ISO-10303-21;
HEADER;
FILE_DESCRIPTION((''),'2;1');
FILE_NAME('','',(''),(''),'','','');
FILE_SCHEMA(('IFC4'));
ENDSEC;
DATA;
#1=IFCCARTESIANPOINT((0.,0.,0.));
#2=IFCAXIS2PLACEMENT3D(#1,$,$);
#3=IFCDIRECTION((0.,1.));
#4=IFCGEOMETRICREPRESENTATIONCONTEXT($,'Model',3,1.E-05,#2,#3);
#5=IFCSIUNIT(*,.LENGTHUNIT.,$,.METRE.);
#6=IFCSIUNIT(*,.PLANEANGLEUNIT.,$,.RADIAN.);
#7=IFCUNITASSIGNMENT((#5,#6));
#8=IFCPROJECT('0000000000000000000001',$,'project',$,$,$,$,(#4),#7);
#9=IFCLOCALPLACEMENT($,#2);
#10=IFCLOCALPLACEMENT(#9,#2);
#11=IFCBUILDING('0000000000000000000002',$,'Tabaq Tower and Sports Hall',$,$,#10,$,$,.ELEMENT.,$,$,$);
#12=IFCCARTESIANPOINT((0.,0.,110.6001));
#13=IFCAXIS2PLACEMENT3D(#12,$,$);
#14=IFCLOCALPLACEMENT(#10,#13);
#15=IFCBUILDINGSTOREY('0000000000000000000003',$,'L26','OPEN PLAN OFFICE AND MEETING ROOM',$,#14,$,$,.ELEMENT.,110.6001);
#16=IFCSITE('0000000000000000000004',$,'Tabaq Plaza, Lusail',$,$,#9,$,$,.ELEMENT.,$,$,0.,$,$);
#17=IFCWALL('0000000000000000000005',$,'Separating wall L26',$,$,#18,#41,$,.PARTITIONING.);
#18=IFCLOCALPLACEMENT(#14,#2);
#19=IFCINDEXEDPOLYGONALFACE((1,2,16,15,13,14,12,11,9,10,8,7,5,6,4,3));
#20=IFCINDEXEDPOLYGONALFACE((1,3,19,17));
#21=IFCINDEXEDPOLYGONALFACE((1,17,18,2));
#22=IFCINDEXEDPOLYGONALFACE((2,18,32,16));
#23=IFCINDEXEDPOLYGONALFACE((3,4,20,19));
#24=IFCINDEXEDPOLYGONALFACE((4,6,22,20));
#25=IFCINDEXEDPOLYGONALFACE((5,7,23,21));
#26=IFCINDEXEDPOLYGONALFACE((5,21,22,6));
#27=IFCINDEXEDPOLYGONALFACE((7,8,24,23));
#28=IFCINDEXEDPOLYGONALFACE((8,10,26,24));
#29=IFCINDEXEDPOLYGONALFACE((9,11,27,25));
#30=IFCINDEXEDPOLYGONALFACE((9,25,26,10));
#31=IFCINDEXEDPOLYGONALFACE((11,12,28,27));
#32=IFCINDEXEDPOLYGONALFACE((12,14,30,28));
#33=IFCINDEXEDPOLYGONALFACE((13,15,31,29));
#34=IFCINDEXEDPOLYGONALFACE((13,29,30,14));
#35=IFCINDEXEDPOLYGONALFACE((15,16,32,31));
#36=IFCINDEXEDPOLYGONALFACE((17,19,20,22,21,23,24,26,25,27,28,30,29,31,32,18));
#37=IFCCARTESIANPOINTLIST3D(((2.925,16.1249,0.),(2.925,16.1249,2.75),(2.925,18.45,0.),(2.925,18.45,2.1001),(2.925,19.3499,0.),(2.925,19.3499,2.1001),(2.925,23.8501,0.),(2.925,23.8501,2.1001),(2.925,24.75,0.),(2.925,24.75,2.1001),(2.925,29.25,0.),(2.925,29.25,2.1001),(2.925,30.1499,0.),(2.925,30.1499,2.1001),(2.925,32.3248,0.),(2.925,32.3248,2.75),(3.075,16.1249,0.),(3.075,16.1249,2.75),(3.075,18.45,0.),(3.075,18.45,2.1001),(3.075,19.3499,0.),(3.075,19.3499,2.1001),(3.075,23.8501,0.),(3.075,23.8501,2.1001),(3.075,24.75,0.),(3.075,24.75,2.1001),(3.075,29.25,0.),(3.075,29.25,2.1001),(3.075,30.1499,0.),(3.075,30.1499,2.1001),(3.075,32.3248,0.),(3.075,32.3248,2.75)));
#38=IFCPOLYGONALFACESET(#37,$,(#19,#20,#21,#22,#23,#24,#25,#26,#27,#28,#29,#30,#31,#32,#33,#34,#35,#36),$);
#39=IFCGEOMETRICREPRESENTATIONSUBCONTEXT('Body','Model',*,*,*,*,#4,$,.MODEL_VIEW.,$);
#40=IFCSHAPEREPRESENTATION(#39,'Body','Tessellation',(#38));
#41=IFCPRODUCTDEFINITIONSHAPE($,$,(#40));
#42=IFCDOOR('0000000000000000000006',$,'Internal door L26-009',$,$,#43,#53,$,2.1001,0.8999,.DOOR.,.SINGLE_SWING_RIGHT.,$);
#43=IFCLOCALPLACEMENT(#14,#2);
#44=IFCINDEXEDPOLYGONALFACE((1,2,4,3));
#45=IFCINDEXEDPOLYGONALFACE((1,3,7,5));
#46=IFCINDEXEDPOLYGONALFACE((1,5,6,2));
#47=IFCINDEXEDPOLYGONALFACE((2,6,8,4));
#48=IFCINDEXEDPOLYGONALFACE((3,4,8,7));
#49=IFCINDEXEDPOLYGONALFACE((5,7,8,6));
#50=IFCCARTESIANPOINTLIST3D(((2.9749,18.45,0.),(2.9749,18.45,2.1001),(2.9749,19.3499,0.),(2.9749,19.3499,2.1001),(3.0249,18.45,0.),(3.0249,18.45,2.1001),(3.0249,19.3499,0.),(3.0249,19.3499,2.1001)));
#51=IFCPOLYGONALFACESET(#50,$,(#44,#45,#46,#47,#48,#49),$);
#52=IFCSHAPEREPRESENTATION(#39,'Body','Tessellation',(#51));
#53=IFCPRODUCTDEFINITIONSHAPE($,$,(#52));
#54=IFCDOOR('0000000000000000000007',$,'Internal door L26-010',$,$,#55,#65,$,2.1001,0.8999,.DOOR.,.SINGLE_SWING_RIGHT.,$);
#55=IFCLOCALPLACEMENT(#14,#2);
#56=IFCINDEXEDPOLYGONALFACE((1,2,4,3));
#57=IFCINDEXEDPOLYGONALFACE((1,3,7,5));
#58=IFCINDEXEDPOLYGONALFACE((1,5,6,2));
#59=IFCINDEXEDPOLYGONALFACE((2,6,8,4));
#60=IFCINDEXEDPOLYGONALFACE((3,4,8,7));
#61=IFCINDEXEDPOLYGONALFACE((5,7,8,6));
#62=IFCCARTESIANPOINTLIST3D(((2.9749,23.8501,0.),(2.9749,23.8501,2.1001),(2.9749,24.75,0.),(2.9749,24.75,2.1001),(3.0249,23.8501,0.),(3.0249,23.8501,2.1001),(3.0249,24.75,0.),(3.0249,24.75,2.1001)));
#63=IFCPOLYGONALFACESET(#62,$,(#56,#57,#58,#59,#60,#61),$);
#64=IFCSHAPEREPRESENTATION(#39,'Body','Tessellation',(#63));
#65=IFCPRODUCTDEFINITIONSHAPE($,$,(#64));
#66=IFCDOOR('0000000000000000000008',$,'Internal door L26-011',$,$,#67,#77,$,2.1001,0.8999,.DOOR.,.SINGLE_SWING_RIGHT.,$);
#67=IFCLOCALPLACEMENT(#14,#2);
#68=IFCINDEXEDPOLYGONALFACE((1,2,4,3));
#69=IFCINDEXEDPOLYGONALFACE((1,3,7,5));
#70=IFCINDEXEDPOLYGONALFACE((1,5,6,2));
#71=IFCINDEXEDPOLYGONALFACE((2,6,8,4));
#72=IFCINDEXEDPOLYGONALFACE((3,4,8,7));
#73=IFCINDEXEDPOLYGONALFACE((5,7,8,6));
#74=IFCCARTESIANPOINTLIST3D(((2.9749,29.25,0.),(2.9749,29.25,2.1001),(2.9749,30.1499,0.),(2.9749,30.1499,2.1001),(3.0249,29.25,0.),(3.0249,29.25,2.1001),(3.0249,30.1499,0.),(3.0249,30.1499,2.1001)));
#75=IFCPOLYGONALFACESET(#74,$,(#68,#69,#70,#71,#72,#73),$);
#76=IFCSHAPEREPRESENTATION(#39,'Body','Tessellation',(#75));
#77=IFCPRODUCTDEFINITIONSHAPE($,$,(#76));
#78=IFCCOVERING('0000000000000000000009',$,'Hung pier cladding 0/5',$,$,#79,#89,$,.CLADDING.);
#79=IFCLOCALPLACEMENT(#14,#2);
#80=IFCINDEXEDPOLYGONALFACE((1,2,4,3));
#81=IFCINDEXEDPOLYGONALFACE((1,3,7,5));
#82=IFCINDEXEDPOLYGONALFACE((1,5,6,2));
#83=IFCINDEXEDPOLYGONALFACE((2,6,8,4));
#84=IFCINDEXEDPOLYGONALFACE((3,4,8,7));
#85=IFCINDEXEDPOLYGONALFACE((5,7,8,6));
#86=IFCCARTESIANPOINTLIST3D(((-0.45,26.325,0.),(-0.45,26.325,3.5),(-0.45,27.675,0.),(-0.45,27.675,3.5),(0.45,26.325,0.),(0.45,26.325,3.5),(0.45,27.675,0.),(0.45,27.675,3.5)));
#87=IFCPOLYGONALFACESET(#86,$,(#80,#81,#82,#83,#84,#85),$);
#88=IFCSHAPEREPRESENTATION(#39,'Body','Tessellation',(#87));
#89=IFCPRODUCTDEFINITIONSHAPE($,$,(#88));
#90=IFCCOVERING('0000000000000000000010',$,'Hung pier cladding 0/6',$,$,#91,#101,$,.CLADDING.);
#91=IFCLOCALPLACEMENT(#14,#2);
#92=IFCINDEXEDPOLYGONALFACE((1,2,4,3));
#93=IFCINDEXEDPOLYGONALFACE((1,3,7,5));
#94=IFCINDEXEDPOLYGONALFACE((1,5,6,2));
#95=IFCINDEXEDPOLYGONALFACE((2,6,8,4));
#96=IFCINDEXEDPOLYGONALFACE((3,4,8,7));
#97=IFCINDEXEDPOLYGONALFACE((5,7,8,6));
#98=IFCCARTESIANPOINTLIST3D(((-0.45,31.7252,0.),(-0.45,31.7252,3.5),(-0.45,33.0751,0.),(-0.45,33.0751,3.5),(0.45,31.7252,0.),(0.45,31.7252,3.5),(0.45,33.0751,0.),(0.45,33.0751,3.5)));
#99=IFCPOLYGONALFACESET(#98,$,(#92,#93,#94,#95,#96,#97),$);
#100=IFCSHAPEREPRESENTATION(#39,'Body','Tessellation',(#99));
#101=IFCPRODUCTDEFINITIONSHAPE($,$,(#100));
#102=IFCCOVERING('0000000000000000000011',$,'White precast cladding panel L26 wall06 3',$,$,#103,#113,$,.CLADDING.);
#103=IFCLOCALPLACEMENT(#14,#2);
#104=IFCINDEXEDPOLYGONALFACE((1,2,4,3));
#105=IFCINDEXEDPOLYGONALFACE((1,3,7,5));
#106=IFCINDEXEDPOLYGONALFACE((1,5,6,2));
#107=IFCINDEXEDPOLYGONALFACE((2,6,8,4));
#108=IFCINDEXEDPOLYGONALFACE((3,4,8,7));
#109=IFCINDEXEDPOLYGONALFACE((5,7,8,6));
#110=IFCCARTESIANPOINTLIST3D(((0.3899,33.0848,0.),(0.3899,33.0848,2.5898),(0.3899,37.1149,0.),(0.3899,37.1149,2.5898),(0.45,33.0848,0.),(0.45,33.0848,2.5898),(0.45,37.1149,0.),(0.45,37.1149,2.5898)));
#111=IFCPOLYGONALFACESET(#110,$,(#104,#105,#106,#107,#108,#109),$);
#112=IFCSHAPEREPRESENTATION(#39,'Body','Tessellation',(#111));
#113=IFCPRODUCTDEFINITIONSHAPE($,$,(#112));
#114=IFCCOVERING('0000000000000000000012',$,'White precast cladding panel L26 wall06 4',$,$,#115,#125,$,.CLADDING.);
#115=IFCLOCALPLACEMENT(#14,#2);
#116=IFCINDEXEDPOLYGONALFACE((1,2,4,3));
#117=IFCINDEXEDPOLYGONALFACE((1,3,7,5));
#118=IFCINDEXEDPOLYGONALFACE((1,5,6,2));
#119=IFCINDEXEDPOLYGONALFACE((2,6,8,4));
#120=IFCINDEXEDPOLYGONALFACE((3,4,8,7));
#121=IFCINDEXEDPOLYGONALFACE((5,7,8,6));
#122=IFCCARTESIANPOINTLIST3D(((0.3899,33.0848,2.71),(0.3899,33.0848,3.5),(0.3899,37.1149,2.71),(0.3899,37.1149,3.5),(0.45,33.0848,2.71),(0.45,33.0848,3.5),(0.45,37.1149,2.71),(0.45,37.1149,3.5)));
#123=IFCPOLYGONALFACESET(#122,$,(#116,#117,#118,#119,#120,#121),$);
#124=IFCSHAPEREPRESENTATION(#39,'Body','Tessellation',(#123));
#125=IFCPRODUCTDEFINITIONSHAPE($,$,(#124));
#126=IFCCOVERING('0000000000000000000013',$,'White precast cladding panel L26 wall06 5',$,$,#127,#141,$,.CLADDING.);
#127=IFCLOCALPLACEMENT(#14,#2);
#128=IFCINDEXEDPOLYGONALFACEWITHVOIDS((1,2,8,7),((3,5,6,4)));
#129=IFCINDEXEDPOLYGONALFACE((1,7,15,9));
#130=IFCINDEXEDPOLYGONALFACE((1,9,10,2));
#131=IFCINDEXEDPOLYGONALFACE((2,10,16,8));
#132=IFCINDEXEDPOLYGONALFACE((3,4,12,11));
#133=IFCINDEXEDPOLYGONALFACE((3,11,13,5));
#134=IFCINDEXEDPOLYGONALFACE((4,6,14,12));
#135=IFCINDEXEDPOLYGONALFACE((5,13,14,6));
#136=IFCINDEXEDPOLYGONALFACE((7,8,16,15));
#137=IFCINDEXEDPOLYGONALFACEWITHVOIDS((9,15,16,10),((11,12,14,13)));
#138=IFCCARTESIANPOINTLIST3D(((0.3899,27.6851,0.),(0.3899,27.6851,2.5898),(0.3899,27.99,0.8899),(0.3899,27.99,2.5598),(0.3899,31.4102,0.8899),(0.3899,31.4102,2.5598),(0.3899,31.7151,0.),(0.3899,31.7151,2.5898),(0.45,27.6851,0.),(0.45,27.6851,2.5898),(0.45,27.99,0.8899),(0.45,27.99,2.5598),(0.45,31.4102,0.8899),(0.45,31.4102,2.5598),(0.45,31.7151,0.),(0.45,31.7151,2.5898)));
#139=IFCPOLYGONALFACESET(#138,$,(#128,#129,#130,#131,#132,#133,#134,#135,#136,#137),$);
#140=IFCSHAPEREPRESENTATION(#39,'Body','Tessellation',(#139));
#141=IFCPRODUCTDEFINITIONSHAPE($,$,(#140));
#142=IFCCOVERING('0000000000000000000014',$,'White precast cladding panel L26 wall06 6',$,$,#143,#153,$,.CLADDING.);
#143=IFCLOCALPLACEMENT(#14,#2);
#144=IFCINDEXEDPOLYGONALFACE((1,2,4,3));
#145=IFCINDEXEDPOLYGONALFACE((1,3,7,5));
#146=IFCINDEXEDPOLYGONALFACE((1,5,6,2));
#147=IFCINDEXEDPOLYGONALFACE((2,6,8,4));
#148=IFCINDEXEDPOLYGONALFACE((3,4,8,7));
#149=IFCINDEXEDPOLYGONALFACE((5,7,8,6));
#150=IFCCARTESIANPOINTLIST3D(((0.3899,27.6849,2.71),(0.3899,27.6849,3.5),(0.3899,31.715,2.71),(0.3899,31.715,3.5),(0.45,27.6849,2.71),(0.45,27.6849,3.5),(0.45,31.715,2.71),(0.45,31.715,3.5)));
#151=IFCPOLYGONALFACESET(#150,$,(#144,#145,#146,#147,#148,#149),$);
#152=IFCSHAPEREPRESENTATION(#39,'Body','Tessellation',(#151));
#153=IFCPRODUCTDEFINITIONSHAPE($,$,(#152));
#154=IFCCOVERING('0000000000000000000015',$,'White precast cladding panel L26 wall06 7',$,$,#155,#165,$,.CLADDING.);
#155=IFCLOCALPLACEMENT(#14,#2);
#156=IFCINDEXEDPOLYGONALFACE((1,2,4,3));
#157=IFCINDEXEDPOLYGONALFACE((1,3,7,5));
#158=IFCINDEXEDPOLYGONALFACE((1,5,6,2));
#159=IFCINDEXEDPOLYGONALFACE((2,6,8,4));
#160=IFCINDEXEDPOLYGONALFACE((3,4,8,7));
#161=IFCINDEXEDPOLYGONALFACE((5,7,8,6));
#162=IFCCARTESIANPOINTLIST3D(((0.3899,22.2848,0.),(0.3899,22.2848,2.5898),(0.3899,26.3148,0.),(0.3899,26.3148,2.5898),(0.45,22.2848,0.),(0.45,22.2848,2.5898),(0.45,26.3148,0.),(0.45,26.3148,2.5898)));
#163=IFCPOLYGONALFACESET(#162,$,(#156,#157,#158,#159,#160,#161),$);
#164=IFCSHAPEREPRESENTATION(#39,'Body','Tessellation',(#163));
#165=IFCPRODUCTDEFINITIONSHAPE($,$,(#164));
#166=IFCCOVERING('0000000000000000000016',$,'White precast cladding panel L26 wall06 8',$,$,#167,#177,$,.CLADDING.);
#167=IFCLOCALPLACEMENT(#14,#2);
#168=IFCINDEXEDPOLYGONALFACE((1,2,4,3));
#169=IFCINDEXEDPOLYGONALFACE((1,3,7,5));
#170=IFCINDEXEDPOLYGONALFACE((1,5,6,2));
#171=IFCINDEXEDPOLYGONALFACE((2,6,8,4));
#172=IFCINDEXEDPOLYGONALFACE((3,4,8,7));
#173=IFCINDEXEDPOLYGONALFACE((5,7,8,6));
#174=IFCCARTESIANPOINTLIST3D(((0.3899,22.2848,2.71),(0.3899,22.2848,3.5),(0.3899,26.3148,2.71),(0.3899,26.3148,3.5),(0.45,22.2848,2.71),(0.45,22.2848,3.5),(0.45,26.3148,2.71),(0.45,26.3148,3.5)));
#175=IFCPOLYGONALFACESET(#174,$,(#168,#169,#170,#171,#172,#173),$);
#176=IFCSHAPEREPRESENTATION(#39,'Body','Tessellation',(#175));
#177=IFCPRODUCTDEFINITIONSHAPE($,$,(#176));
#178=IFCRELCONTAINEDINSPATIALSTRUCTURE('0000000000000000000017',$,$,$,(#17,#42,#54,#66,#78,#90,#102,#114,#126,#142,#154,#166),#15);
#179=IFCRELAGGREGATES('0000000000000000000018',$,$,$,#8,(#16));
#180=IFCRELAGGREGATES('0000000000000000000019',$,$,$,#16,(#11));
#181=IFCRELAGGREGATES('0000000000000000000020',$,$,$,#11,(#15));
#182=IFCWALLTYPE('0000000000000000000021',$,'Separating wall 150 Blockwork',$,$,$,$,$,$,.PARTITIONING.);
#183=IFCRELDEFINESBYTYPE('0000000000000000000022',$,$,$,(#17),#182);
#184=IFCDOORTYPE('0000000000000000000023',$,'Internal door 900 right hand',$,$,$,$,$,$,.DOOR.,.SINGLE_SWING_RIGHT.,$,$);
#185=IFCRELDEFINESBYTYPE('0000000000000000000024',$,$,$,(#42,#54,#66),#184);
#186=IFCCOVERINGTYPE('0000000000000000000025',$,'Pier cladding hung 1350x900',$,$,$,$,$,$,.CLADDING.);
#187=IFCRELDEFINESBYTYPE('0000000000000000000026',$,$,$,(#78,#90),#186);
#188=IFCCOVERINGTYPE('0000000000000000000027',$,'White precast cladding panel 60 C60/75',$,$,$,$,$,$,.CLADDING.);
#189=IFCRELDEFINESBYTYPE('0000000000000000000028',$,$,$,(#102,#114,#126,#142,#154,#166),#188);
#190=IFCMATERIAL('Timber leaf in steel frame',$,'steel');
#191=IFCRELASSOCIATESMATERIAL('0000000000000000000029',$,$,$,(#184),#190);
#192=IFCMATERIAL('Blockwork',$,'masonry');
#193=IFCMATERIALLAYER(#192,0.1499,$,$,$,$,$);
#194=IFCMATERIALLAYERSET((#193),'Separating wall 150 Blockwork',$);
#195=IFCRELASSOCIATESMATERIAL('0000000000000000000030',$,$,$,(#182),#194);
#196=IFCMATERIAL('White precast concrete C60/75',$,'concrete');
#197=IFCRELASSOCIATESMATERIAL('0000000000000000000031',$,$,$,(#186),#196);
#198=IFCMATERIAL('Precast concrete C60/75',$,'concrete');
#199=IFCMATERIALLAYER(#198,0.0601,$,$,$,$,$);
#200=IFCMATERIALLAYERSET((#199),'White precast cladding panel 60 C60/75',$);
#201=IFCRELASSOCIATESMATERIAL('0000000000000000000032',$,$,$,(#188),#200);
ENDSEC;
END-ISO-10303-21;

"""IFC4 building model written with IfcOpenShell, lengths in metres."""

from ifc_helpers import new_model, si_unit, direction, frame, frame_2d, origin, place, context, subcontext, project, spatial, polyline, rectangle, outline, extrude, material, layer, layer_set, type_object, element, fill, save


model = new_model("IFC4")

# Units and contexts
model_context = context("Model", 3, precision=1e-05, world=origin(), true_north=direction((0.0, 1.0)))
body_context = subcontext(model_context, "Body", "Model", "MODEL_VIEW")
ifc_project = project(units=[si_unit("LENGTHUNIT", "METRE"), si_unit("PLANEANGLEUNIT", "RADIAN")], contexts=[model_context])

# Site, building, storey
site_placement = place(None, origin())
site = spatial("IfcSite", under=ifc_project, at=site_placement, Name="Tabaq Plaza, Lusail", CompositionType="ELEMENT", RefElevation=0.0)
building_placement = place(site_placement, origin())
building = spatial("IfcBuilding", under=site, at=building_placement, Name="Tabaq Tower and Sports Hall", CompositionType="ELEMENT")
storey_placement = place(building_placement, frame((0.0, 0.0, 110.6001)))
storey = spatial("IfcBuildingStorey", under=building, at=storey_placement, Name="L26", Description="OPEN PLAN OFFICE AND MEETING ROOM", CompositionType="ELEMENT", Elevation=110.6001)

# Shared definitions
ifc_material_1 = material(Name="Timber leaf in steel frame", Category="steel")
door_type = type_object("IfcDoorType", Name="Internal door 900 right hand", OperationType="SINGLE_SWING_RIGHT", PredefinedType="DOOR", material=ifc_material_1)

# Shared definitions
ifc_material_2 = material(Name="Blockwork", Category="masonry")
ifc_layer_1 = layer(ifc_material_2, 0.1499)
ifc_layer_set_1 = layer_set([ifc_layer_1], Name="Separating wall 150 Blockwork")
wall_type_1 = type_object("IfcWallType", Name="Separating wall 150 Blockwork", PredefinedType="PARTITIONING", material=ifc_layer_set_1)

# Wall, openings, doors
wall_1_placement = place(storey_placement, frame((3.0, 32.325, 0.0), z_axis=(0.0, 0.0, 1.0), x_axis=(0.0, -1.0, 0.0)))
wall_1 = element("IfcWall", 1, at=wall_1_placement, inside=storey, type_object=wall_type_1, Name="Separating wall L26", PredefinedType="PARTITIONING", context=body_context, shape_type="SweptSolid", body=[
    extrude(rectangle(XDim=16.2, YDim=0.1499, at=frame_2d((8.1001, 0.0))), origin(), (0.0, 0.0, 1.0), 2.75),
])
opening_1_placement = place(wall_1_placement, frame((12.9751, 0.0, 0.0)))
opening_1 = element("IfcOpeningElement", 2, at=opening_1_placement, cuts=wall_1, PredefinedType="OPENING", context=body_context, shape_type="SweptSolid", body=[
    extrude(rectangle(XDim=0.8999, YDim=2.1001, at=frame_2d((0.45, 1.05))), frame((0.0, 0.075, 0.0), z_axis=(0.0, -1.0, 0.0), x_axis=(1.0, 0.0, 0.0)), (0.0, 0.0, 1.0), 0.1499),
])
opening_2_placement = place(wall_1_placement, frame((7.575, 0.0, 0.0)))
opening_2 = element("IfcOpeningElement", 3, at=opening_2_placement, cuts=wall_1, PredefinedType="OPENING", context=body_context, shape_type="SweptSolid", body=[
    extrude(rectangle(XDim=0.8999, YDim=2.1001, at=frame_2d((0.45, 1.05))), frame((0.0, 0.075, 0.0), z_axis=(0.0, -1.0, 0.0), x_axis=(1.0, 0.0, 0.0)), (0.0, 0.0, 1.0), 0.1499),
])
opening_3_placement = place(wall_1_placement, frame((2.175, 0.0, 0.0)))
opening_3 = element("IfcOpeningElement", 4, at=opening_3_placement, cuts=wall_1, PredefinedType="OPENING", context=body_context, shape_type="SweptSolid", body=[
    extrude(rectangle(XDim=0.8999, YDim=2.1001, at=frame_2d((0.45, 1.05))), frame((0.0, 0.075, 0.0), z_axis=(0.0, -1.0, 0.0), x_axis=(1.0, 0.0, 0.0)), (0.0, 0.0, 1.0), 0.1499),
])
door_1_placement = place(opening_1_placement, origin())
door_1 = element("IfcDoor", 5, at=door_1_placement, inside=storey, type_object=door_type, Name="Internal door L26-009", OperationType="SINGLE_SWING_RIGHT", OverallHeight=2.1001, OverallWidth=0.8999, PredefinedType="DOOR", context=body_context, shape_type="SweptSolid", body=[
    extrude(rectangle(XDim=0.8999, YDim=2.1001, at=frame_2d((0.45, 1.05))), frame((0.0, 0.0249, 0.0), z_axis=(0.0, -1.0, 0.0), x_axis=(1.0, 0.0, 0.0)), (0.0, 0.0, 1.0), 0.05),
])
fill(opening_1, door_1)
door_2_placement = place(opening_2_placement, origin())
door_2 = element("IfcDoor", 6, at=door_2_placement, inside=storey, type_object=door_type, Name="Internal door L26-010", OperationType="SINGLE_SWING_RIGHT", OverallHeight=2.1001, OverallWidth=0.8999, PredefinedType="DOOR", context=body_context, shape_type="SweptSolid", body=[
    extrude(rectangle(XDim=0.8999, YDim=2.1001, at=frame_2d((0.45, 1.05))), frame((0.0, 0.0249, 0.0), z_axis=(0.0, -1.0, 0.0), x_axis=(1.0, 0.0, 0.0)), (0.0, 0.0, 1.0), 0.05),
])
fill(opening_2, door_2)
door_3_placement = place(opening_3_placement, origin())
door_3 = element("IfcDoor", 7, at=door_3_placement, inside=storey, type_object=door_type, Name="Internal door L26-011", OperationType="SINGLE_SWING_RIGHT", OverallHeight=2.1001, OverallWidth=0.8999, PredefinedType="DOOR", context=body_context, shape_type="SweptSolid", body=[
    extrude(rectangle(XDim=0.8999, YDim=2.1001, at=frame_2d((0.45, 1.05))), frame((0.0, 0.0249, 0.0), z_axis=(0.0, -1.0, 0.0), x_axis=(1.0, 0.0, 0.0)), (0.0, 0.0, 1.0), 0.05),
])
fill(opening_3, door_3)

# Coverings
ifc_material_3 = material(Name="White precast concrete C60/75", Category="concrete")
covering_type_1 = type_object("IfcCoveringType", Name="Pier cladding hung 1350x900", PredefinedType="CLADDING", material=ifc_material_3)
covering_1_placement = place(storey_placement, frame((0.0, 27.675, 0.0), z_axis=(0.0, 0.0, 1.0), x_axis=(0.0, -1.0, 0.0)))
element("IfcCovering", 8, at=covering_1_placement, inside=storey, type_object=covering_type_1, Name="Hung pier cladding 0/5", PredefinedType="CLADDING", context=body_context, shape_type="SweptSolid", body=[
    extrude(rectangle(XDim=1.3501, YDim=0.8999, at=frame_2d((0.675, 0.0))), origin(), (0.0, 0.0, 1.0), 3.5),
])
covering_2_placement = place(storey_placement, frame((0.0, 33.075, 0.0), z_axis=(0.0, 0.0, 1.0), x_axis=(0.0, -1.0, 0.0)))
element("IfcCovering", 9, at=covering_2_placement, inside=storey, type_object=covering_type_1, Name="Hung pier cladding 0/6", PredefinedType="CLADDING", context=body_context, shape_type="SweptSolid", body=[
    extrude(rectangle(XDim=1.3499, YDim=0.8999, at=frame_2d((0.6748, 0.0))), origin(), (0.0, 0.0, 1.0), 3.5),
])
ifc_material_4 = material(Name="Precast concrete C60/75", Category="concrete")
ifc_layer_2 = layer(ifc_material_4, 0.0601)
ifc_layer_set_2 = layer_set([ifc_layer_2], Name="White precast cladding panel 60 C60/75")
covering_type_2 = type_object("IfcCoveringType", Name="White precast cladding panel 60 C60/75", PredefinedType="CLADDING", material=ifc_layer_set_2)
covering_3_placement = place(storey_placement, frame((0.4199, 37.115, 0.0), z_axis=(0.0, 0.0, 1.0), x_axis=(0.0, -1.0, 0.0)))
element("IfcCovering", 10, at=covering_3_placement, inside=storey, type_object=covering_type_2, Name="White precast cladding panel L26 wall06 3", PredefinedType="CLADDING", context=body_context, shape_type="SweptSolid", body=[
    extrude(rectangle(XDim=4.03, YDim=0.0601, at=frame_2d((2.0151, 0.0))), origin(), (0.0, 0.0, 1.0), 2.5898),
])
covering_4_placement = place(storey_placement, frame((0.4199, 37.115, 2.71), z_axis=(0.0, 0.0, 1.0), x_axis=(0.0, -1.0, 0.0)))
element("IfcCovering", 11, at=covering_4_placement, inside=storey, type_object=covering_type_2, Name="White precast cladding panel L26 wall06 4", PredefinedType="CLADDING", context=body_context, shape_type="SweptSolid", body=[
    extrude(rectangle(XDim=4.03, YDim=0.0601, at=frame_2d((2.0151, 0.0))), origin(), (0.0, 0.0, 1.0), 0.79),
])
covering_5_placement = place(storey_placement, frame((0.4199, 31.7151, 0.0), z_axis=(0.0, 0.0, 1.0), x_axis=(0.0, -1.0, 0.0)))
element("IfcCovering", 12, at=covering_5_placement, inside=storey, type_object=covering_type_2, Name="White precast cladding panel L26 wall06 5", PredefinedType="CLADDING", context=body_context, shape_type="SweptSolid", body=[
    extrude(outline(polyline([(0.0, 0.0), (4.03, 0.0), (4.03, 2.5898), (0.0, 2.5898), (0.0, 0.0)]), holes=[polyline([(3.7251, 0.8899), (0.3049, 0.8899), (0.3049, 2.5598), (3.7251, 2.5598), (3.7251, 0.8899)])]), frame((0.0, 0.03, 0.0), z_axis=(0.0, -1.0, 0.0), x_axis=(1.0, 0.0, 0.0)), (0.0, 0.0, 1.0), 0.0601),
])
covering_6_placement = place(storey_placement, frame((0.4199, 31.7151, 2.71), z_axis=(0.0, 0.0, 1.0), x_axis=(0.0, -1.0, 0.0)))
element("IfcCovering", 13, at=covering_6_placement, inside=storey, type_object=covering_type_2, Name="White precast cladding panel L26 wall06 6", PredefinedType="CLADDING", context=body_context, shape_type="SweptSolid", body=[
    extrude(rectangle(XDim=4.03, YDim=0.0601, at=frame_2d((2.0151, 0.0))), origin(), (0.0, 0.0, 1.0), 0.79),
])
covering_7_placement = place(storey_placement, frame((0.4199, 26.3149, 0.0), z_axis=(0.0, 0.0, 1.0), x_axis=(0.0, -1.0, 0.0)))
element("IfcCovering", 14, at=covering_7_placement, inside=storey, type_object=covering_type_2, Name="White precast cladding panel L26 wall06 7", PredefinedType="CLADDING", context=body_context, shape_type="SweptSolid", body=[
    extrude(rectangle(XDim=4.03, YDim=0.0601, at=frame_2d((2.0151, 0.0))), origin(), (0.0, 0.0, 1.0), 2.5898),
])
covering_8_placement = place(storey_placement, frame((0.4199, 26.3149, 2.71), z_axis=(0.0, 0.0, 1.0), x_axis=(0.0, -1.0, 0.0)))
element("IfcCovering", 15, at=covering_8_placement, inside=storey, type_object=covering_type_2, Name="White precast cladding panel L26 wall06 8", PredefinedType="CLADDING", context=body_context, shape_type="SweptSolid", body=[
    extrude(rectangle(XDim=4.03, YDim=0.0601, at=frame_2d((2.0151, 0.0))), origin(), (0.0, 0.0, 1.0), 0.79),
])

save(model, "model.ifc")
